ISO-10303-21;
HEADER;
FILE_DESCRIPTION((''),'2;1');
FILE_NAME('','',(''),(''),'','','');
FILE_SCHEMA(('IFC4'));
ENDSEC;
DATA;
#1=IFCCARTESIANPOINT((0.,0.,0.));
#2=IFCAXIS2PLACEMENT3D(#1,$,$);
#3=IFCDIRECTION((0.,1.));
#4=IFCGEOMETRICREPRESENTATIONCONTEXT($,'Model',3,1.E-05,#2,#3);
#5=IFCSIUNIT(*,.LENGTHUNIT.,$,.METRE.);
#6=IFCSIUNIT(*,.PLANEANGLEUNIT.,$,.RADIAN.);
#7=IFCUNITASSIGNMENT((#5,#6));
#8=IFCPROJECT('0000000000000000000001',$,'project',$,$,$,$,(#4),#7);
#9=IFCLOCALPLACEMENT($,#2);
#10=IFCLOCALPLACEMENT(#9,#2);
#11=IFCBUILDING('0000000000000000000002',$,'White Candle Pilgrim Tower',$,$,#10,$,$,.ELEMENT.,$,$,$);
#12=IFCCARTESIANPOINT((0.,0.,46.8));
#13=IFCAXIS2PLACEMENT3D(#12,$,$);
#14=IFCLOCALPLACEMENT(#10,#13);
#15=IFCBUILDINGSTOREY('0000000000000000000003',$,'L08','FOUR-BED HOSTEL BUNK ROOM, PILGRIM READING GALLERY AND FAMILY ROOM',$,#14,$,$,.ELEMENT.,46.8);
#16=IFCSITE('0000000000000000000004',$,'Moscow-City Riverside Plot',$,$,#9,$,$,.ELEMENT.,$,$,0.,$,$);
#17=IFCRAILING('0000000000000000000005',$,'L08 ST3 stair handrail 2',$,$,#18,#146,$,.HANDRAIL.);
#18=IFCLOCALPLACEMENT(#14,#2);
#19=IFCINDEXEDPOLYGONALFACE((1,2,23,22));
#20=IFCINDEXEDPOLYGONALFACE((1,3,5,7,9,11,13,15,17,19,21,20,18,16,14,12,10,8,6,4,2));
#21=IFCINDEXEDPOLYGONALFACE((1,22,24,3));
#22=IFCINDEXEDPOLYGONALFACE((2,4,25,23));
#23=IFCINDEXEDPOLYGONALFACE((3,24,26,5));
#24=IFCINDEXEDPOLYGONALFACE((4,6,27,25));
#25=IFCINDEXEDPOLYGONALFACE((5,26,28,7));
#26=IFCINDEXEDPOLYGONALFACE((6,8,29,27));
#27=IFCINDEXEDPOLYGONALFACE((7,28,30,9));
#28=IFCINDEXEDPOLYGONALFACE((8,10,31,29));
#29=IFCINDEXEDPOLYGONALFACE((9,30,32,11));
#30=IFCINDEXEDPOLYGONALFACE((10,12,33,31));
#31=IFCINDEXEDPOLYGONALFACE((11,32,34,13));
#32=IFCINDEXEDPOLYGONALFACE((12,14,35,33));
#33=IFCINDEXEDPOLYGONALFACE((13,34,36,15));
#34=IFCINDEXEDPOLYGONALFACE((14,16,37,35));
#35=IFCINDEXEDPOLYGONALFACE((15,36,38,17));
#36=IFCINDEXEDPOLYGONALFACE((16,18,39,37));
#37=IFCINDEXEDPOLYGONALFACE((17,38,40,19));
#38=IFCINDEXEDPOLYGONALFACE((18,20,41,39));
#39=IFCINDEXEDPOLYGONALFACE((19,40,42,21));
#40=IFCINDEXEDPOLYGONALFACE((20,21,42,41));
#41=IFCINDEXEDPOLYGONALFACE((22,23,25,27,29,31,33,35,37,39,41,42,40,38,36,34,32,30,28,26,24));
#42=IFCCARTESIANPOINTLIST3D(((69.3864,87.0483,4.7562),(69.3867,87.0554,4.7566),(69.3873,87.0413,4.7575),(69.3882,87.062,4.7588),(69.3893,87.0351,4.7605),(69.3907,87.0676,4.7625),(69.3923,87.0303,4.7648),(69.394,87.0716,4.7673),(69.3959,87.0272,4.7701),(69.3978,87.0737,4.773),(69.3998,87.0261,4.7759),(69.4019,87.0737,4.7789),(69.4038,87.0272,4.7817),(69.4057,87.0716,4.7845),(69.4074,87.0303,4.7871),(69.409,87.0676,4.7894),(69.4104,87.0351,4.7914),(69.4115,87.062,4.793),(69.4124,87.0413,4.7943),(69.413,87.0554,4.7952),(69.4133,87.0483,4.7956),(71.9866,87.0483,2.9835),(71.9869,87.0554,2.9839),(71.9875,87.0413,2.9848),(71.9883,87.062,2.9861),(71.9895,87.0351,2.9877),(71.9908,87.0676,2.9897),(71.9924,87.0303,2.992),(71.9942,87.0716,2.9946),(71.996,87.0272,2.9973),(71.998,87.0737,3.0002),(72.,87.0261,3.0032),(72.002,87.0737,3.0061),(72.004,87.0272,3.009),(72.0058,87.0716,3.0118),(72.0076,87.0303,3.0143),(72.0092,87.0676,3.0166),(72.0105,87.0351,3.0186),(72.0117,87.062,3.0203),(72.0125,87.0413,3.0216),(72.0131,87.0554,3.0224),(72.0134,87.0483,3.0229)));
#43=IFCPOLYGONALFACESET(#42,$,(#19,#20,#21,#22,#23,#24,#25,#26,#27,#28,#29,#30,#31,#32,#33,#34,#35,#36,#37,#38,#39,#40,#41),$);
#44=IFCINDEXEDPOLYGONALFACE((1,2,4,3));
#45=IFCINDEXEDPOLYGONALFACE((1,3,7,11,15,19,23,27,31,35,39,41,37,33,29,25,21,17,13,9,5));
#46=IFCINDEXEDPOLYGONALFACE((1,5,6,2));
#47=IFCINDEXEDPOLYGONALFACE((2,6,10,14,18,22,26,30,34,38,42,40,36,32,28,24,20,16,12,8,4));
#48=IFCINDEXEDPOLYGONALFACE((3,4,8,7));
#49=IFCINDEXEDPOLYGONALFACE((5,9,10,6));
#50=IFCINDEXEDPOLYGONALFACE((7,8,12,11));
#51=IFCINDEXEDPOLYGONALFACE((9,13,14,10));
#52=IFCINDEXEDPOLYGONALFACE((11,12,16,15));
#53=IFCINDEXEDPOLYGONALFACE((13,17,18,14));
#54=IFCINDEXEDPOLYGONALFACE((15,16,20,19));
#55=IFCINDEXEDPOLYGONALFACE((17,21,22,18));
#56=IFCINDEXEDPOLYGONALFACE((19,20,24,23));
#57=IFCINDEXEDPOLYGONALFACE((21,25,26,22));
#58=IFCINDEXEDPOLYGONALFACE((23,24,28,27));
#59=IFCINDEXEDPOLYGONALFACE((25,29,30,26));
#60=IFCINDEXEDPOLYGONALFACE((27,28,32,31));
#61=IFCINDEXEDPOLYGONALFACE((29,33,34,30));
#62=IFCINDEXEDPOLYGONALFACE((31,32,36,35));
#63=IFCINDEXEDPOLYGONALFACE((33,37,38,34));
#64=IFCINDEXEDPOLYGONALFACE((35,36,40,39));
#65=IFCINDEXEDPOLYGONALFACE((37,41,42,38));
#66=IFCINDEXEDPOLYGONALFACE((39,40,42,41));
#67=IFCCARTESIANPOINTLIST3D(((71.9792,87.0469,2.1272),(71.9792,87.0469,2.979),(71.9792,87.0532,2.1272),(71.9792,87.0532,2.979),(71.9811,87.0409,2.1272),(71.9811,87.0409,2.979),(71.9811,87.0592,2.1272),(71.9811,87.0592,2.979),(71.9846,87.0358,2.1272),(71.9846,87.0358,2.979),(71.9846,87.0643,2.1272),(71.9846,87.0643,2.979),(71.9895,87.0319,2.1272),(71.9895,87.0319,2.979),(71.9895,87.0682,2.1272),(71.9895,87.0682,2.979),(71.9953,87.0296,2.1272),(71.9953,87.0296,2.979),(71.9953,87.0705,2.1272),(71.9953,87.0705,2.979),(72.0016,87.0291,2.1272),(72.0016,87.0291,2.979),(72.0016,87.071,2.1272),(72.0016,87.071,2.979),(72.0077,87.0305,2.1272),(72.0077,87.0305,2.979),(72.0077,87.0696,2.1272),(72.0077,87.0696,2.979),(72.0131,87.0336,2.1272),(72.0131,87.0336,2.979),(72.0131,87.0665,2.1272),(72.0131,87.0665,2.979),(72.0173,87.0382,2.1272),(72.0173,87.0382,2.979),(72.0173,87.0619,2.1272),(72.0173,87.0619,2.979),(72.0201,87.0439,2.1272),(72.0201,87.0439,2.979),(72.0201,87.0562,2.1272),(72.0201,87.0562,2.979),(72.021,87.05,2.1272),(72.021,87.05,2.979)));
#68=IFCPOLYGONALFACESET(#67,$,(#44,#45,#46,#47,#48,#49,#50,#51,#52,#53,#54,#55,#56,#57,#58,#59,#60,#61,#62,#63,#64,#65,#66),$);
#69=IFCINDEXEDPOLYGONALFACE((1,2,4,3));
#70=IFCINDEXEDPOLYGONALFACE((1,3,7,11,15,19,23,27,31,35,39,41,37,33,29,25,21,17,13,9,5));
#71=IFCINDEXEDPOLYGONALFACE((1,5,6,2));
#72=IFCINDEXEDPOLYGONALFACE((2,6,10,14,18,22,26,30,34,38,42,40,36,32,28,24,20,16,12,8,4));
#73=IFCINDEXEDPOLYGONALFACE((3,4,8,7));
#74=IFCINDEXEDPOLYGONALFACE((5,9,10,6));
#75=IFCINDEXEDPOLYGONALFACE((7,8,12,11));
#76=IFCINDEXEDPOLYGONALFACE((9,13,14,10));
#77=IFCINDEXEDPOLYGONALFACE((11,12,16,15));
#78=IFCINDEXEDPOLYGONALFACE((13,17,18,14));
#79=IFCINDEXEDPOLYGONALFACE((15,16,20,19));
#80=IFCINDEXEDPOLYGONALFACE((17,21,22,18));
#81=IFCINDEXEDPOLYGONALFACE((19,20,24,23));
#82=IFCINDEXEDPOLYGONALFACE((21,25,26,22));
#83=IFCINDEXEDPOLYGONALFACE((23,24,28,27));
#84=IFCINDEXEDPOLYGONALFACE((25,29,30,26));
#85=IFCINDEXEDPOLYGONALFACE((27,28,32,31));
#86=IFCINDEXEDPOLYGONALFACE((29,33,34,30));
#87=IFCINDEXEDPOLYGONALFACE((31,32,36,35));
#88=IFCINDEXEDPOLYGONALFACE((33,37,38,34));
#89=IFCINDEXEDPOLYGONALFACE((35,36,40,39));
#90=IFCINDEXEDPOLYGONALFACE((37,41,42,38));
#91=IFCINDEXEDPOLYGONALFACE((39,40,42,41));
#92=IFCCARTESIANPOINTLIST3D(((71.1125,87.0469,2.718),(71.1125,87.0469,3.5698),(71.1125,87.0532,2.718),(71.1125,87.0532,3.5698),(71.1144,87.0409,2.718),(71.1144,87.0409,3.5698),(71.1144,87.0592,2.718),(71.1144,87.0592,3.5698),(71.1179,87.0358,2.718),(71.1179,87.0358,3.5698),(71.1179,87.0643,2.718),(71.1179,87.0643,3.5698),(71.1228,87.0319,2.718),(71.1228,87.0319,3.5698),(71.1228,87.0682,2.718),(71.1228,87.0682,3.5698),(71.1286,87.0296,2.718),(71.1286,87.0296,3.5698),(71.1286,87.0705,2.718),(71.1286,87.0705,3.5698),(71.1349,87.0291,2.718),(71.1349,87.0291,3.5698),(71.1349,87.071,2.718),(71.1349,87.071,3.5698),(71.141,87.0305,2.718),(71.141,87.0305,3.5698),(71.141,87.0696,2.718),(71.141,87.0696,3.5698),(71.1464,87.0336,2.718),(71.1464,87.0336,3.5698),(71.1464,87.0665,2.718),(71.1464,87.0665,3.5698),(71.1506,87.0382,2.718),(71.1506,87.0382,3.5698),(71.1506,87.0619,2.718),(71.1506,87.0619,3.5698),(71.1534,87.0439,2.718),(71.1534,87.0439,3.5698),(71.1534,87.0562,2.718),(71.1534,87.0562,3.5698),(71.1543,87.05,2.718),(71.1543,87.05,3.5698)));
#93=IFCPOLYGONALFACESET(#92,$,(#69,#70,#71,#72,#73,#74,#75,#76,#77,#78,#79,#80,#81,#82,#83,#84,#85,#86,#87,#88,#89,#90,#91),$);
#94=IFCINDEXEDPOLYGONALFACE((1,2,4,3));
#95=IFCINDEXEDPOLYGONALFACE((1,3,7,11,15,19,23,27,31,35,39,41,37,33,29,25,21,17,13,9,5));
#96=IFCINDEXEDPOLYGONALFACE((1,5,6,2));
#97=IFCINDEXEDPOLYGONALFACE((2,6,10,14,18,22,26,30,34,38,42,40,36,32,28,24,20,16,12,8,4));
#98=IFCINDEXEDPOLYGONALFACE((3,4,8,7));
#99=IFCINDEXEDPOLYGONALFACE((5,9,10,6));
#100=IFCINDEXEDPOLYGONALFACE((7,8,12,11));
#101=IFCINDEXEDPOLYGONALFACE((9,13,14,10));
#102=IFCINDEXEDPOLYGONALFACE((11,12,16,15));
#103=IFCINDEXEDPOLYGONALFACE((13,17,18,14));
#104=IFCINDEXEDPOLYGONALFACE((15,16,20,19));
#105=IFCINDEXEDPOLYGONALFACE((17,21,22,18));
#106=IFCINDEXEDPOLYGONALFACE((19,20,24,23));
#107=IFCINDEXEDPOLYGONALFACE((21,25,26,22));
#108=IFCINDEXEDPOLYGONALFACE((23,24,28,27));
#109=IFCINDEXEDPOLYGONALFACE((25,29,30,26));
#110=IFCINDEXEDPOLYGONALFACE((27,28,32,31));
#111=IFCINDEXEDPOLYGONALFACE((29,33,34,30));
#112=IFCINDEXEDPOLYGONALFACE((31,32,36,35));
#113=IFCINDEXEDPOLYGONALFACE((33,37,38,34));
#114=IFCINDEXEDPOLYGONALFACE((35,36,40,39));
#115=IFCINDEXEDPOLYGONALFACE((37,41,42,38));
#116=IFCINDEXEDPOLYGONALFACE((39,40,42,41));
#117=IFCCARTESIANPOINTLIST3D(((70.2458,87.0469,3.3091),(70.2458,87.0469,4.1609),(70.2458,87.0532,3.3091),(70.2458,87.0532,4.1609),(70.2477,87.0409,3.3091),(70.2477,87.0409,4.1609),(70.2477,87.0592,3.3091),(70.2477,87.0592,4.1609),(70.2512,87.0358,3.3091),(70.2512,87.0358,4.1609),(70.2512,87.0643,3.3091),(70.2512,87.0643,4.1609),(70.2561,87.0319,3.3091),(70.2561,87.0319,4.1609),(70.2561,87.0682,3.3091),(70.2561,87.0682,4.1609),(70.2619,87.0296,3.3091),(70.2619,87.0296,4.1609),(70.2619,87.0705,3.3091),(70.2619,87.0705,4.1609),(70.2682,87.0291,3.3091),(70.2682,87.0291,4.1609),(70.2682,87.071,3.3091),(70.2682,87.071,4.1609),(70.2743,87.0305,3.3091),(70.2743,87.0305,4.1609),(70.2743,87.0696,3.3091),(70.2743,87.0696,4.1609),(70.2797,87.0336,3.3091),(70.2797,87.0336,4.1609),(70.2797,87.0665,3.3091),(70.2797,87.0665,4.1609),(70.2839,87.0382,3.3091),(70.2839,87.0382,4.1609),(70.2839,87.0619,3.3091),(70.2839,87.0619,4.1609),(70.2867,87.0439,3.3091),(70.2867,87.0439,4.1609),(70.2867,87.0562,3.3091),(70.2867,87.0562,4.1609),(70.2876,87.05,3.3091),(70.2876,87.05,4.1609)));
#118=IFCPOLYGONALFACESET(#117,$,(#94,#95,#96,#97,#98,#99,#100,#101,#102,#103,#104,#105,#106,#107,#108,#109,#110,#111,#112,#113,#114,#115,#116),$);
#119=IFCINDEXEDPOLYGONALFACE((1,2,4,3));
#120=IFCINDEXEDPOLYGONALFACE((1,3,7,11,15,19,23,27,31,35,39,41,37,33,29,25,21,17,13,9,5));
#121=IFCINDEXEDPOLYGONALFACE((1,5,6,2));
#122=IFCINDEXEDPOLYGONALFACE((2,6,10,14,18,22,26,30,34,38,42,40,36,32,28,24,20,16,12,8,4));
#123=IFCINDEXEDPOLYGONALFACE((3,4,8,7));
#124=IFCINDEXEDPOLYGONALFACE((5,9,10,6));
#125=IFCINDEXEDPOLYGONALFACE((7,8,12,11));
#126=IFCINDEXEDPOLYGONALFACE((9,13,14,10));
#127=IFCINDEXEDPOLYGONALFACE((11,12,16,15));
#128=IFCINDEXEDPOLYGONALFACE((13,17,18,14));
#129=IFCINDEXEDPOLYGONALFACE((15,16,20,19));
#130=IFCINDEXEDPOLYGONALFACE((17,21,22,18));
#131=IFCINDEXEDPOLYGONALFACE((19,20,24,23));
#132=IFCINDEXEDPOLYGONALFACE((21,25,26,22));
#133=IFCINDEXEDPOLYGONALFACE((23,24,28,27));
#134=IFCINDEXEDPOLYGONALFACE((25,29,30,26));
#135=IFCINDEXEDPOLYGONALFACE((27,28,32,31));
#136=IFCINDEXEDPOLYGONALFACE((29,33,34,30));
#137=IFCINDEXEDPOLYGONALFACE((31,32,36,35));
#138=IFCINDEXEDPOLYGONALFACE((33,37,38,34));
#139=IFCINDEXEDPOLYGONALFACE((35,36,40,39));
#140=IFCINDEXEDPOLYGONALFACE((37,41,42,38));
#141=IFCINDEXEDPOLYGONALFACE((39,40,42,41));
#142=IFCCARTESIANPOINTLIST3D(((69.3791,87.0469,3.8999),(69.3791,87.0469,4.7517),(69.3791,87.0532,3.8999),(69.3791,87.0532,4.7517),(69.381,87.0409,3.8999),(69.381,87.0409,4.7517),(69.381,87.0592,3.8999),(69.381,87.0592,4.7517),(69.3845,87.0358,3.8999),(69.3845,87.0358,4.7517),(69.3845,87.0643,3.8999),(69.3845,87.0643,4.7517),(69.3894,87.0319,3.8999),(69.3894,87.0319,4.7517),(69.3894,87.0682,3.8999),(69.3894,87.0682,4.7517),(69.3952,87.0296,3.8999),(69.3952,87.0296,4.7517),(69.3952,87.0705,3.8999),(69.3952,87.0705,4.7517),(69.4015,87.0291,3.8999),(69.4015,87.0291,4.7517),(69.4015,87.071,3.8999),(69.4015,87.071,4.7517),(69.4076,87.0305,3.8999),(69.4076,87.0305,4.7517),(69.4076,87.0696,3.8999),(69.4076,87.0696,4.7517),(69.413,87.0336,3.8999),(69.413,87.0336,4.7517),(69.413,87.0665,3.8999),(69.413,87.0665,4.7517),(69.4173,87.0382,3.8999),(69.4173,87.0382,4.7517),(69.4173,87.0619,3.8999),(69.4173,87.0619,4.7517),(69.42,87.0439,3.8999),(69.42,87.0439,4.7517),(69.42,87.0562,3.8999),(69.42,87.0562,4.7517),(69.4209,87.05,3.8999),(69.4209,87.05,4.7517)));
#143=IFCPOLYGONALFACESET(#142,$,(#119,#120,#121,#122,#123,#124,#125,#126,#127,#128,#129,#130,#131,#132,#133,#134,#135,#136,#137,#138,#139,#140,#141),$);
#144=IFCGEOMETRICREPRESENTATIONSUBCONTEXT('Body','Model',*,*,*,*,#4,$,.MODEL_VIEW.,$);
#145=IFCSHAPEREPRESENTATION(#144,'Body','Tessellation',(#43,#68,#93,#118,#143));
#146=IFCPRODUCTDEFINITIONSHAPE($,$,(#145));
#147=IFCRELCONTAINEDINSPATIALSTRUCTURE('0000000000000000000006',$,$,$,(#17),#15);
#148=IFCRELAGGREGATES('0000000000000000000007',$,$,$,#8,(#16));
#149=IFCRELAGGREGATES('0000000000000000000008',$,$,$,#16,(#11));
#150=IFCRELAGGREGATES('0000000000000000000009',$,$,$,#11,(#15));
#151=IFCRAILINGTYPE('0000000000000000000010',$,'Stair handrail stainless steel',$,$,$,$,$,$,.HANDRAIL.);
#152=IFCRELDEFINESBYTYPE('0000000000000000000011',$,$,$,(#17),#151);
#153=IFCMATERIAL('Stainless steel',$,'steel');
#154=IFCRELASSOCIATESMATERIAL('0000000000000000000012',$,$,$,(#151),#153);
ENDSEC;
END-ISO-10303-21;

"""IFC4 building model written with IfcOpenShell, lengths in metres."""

from ifc_helpers import new_model, si_unit, direction, frame, origin, origin_2d, place, context, subcontext, project, spatial, circle, extrude, material, type_object, element, save


model = new_model("IFC4")

# Units and contexts
model_context = context("Model", 3, precision=1e-05, world=origin(), true_north=direction((0.0, 1.0)))
body_context = subcontext(model_context, "Body", "Model", "MODEL_VIEW")
ifc_project = project(units=[si_unit("LENGTHUNIT", "METRE"), si_unit("PLANEANGLEUNIT", "RADIAN")], contexts=[model_context])

# Site, building, storey
site_placement = place(None, origin())
site = spatial("IfcSite", under=ifc_project, at=site_placement, Name="Moscow-City Riverside Plot", CompositionType="ELEMENT", RefElevation=0.0)
building_placement = place(site_placement, origin())
building = spatial("IfcBuilding", under=site, at=building_placement, Name="White Candle Pilgrim Tower", CompositionType="ELEMENT")
storey_placement = place(building_placement, frame((0.0, 0.0, 46.8)))
storey = spatial("IfcBuildingStorey", under=building, at=storey_placement, Name="L08", Description="FOUR-BED HOSTEL BUNK ROOM, PILGRIM READING GALLERY AND FAMILY ROOM", CompositionType="ELEMENT", Elevation=46.8)

# Railing
ifc_material_1 = material(Name="Stainless steel", Category="steel")
railing_type_1 = type_object("IfcRailingType", Name="Stair handrail stainless steel", PredefinedType="HANDRAIL", material=ifc_material_1)
railing_1_placement = place(storey_placement, frame((72.0, 87.05, 2.1272)))
element("IfcRailing", 1, at=railing_1_placement, inside=storey, type_object=railing_type_1, Name="L08 ST3 stair handrail 2", PredefinedType="HANDRAIL", context=body_context, shape_type="SweptSolid", body=[
    extrude(circle(Radius=0.0239, at=origin_2d()), frame((0.0, 0.0, 0.876), z_axis=(-0.82624, 0.0, 0.563318), x_axis=(0.0, -1.0, 0.0)), (0.0, 0.0, 1.0), 3.147),
    extrude(circle(Radius=0.021, at=origin_2d()), origin(), (0.0, 0.0, 1.0), 0.8518),
    extrude(circle(Radius=0.021, at=origin_2d()), frame((-0.8667, 0.0, 0.5908)), (0.0, 0.0, 1.0), 0.8518),
    extrude(circle(Radius=0.021, at=origin_2d()), frame((-1.7334, 0.0, 1.1819)), (0.0, 0.0, 1.0), 0.8518),
    extrude(circle(Radius=0.021, at=origin_2d()), frame((-2.6001, 0.0, 1.7727)), (0.0, 0.0, 1.0), 0.8518),
])

save(model, "model.ifc")
